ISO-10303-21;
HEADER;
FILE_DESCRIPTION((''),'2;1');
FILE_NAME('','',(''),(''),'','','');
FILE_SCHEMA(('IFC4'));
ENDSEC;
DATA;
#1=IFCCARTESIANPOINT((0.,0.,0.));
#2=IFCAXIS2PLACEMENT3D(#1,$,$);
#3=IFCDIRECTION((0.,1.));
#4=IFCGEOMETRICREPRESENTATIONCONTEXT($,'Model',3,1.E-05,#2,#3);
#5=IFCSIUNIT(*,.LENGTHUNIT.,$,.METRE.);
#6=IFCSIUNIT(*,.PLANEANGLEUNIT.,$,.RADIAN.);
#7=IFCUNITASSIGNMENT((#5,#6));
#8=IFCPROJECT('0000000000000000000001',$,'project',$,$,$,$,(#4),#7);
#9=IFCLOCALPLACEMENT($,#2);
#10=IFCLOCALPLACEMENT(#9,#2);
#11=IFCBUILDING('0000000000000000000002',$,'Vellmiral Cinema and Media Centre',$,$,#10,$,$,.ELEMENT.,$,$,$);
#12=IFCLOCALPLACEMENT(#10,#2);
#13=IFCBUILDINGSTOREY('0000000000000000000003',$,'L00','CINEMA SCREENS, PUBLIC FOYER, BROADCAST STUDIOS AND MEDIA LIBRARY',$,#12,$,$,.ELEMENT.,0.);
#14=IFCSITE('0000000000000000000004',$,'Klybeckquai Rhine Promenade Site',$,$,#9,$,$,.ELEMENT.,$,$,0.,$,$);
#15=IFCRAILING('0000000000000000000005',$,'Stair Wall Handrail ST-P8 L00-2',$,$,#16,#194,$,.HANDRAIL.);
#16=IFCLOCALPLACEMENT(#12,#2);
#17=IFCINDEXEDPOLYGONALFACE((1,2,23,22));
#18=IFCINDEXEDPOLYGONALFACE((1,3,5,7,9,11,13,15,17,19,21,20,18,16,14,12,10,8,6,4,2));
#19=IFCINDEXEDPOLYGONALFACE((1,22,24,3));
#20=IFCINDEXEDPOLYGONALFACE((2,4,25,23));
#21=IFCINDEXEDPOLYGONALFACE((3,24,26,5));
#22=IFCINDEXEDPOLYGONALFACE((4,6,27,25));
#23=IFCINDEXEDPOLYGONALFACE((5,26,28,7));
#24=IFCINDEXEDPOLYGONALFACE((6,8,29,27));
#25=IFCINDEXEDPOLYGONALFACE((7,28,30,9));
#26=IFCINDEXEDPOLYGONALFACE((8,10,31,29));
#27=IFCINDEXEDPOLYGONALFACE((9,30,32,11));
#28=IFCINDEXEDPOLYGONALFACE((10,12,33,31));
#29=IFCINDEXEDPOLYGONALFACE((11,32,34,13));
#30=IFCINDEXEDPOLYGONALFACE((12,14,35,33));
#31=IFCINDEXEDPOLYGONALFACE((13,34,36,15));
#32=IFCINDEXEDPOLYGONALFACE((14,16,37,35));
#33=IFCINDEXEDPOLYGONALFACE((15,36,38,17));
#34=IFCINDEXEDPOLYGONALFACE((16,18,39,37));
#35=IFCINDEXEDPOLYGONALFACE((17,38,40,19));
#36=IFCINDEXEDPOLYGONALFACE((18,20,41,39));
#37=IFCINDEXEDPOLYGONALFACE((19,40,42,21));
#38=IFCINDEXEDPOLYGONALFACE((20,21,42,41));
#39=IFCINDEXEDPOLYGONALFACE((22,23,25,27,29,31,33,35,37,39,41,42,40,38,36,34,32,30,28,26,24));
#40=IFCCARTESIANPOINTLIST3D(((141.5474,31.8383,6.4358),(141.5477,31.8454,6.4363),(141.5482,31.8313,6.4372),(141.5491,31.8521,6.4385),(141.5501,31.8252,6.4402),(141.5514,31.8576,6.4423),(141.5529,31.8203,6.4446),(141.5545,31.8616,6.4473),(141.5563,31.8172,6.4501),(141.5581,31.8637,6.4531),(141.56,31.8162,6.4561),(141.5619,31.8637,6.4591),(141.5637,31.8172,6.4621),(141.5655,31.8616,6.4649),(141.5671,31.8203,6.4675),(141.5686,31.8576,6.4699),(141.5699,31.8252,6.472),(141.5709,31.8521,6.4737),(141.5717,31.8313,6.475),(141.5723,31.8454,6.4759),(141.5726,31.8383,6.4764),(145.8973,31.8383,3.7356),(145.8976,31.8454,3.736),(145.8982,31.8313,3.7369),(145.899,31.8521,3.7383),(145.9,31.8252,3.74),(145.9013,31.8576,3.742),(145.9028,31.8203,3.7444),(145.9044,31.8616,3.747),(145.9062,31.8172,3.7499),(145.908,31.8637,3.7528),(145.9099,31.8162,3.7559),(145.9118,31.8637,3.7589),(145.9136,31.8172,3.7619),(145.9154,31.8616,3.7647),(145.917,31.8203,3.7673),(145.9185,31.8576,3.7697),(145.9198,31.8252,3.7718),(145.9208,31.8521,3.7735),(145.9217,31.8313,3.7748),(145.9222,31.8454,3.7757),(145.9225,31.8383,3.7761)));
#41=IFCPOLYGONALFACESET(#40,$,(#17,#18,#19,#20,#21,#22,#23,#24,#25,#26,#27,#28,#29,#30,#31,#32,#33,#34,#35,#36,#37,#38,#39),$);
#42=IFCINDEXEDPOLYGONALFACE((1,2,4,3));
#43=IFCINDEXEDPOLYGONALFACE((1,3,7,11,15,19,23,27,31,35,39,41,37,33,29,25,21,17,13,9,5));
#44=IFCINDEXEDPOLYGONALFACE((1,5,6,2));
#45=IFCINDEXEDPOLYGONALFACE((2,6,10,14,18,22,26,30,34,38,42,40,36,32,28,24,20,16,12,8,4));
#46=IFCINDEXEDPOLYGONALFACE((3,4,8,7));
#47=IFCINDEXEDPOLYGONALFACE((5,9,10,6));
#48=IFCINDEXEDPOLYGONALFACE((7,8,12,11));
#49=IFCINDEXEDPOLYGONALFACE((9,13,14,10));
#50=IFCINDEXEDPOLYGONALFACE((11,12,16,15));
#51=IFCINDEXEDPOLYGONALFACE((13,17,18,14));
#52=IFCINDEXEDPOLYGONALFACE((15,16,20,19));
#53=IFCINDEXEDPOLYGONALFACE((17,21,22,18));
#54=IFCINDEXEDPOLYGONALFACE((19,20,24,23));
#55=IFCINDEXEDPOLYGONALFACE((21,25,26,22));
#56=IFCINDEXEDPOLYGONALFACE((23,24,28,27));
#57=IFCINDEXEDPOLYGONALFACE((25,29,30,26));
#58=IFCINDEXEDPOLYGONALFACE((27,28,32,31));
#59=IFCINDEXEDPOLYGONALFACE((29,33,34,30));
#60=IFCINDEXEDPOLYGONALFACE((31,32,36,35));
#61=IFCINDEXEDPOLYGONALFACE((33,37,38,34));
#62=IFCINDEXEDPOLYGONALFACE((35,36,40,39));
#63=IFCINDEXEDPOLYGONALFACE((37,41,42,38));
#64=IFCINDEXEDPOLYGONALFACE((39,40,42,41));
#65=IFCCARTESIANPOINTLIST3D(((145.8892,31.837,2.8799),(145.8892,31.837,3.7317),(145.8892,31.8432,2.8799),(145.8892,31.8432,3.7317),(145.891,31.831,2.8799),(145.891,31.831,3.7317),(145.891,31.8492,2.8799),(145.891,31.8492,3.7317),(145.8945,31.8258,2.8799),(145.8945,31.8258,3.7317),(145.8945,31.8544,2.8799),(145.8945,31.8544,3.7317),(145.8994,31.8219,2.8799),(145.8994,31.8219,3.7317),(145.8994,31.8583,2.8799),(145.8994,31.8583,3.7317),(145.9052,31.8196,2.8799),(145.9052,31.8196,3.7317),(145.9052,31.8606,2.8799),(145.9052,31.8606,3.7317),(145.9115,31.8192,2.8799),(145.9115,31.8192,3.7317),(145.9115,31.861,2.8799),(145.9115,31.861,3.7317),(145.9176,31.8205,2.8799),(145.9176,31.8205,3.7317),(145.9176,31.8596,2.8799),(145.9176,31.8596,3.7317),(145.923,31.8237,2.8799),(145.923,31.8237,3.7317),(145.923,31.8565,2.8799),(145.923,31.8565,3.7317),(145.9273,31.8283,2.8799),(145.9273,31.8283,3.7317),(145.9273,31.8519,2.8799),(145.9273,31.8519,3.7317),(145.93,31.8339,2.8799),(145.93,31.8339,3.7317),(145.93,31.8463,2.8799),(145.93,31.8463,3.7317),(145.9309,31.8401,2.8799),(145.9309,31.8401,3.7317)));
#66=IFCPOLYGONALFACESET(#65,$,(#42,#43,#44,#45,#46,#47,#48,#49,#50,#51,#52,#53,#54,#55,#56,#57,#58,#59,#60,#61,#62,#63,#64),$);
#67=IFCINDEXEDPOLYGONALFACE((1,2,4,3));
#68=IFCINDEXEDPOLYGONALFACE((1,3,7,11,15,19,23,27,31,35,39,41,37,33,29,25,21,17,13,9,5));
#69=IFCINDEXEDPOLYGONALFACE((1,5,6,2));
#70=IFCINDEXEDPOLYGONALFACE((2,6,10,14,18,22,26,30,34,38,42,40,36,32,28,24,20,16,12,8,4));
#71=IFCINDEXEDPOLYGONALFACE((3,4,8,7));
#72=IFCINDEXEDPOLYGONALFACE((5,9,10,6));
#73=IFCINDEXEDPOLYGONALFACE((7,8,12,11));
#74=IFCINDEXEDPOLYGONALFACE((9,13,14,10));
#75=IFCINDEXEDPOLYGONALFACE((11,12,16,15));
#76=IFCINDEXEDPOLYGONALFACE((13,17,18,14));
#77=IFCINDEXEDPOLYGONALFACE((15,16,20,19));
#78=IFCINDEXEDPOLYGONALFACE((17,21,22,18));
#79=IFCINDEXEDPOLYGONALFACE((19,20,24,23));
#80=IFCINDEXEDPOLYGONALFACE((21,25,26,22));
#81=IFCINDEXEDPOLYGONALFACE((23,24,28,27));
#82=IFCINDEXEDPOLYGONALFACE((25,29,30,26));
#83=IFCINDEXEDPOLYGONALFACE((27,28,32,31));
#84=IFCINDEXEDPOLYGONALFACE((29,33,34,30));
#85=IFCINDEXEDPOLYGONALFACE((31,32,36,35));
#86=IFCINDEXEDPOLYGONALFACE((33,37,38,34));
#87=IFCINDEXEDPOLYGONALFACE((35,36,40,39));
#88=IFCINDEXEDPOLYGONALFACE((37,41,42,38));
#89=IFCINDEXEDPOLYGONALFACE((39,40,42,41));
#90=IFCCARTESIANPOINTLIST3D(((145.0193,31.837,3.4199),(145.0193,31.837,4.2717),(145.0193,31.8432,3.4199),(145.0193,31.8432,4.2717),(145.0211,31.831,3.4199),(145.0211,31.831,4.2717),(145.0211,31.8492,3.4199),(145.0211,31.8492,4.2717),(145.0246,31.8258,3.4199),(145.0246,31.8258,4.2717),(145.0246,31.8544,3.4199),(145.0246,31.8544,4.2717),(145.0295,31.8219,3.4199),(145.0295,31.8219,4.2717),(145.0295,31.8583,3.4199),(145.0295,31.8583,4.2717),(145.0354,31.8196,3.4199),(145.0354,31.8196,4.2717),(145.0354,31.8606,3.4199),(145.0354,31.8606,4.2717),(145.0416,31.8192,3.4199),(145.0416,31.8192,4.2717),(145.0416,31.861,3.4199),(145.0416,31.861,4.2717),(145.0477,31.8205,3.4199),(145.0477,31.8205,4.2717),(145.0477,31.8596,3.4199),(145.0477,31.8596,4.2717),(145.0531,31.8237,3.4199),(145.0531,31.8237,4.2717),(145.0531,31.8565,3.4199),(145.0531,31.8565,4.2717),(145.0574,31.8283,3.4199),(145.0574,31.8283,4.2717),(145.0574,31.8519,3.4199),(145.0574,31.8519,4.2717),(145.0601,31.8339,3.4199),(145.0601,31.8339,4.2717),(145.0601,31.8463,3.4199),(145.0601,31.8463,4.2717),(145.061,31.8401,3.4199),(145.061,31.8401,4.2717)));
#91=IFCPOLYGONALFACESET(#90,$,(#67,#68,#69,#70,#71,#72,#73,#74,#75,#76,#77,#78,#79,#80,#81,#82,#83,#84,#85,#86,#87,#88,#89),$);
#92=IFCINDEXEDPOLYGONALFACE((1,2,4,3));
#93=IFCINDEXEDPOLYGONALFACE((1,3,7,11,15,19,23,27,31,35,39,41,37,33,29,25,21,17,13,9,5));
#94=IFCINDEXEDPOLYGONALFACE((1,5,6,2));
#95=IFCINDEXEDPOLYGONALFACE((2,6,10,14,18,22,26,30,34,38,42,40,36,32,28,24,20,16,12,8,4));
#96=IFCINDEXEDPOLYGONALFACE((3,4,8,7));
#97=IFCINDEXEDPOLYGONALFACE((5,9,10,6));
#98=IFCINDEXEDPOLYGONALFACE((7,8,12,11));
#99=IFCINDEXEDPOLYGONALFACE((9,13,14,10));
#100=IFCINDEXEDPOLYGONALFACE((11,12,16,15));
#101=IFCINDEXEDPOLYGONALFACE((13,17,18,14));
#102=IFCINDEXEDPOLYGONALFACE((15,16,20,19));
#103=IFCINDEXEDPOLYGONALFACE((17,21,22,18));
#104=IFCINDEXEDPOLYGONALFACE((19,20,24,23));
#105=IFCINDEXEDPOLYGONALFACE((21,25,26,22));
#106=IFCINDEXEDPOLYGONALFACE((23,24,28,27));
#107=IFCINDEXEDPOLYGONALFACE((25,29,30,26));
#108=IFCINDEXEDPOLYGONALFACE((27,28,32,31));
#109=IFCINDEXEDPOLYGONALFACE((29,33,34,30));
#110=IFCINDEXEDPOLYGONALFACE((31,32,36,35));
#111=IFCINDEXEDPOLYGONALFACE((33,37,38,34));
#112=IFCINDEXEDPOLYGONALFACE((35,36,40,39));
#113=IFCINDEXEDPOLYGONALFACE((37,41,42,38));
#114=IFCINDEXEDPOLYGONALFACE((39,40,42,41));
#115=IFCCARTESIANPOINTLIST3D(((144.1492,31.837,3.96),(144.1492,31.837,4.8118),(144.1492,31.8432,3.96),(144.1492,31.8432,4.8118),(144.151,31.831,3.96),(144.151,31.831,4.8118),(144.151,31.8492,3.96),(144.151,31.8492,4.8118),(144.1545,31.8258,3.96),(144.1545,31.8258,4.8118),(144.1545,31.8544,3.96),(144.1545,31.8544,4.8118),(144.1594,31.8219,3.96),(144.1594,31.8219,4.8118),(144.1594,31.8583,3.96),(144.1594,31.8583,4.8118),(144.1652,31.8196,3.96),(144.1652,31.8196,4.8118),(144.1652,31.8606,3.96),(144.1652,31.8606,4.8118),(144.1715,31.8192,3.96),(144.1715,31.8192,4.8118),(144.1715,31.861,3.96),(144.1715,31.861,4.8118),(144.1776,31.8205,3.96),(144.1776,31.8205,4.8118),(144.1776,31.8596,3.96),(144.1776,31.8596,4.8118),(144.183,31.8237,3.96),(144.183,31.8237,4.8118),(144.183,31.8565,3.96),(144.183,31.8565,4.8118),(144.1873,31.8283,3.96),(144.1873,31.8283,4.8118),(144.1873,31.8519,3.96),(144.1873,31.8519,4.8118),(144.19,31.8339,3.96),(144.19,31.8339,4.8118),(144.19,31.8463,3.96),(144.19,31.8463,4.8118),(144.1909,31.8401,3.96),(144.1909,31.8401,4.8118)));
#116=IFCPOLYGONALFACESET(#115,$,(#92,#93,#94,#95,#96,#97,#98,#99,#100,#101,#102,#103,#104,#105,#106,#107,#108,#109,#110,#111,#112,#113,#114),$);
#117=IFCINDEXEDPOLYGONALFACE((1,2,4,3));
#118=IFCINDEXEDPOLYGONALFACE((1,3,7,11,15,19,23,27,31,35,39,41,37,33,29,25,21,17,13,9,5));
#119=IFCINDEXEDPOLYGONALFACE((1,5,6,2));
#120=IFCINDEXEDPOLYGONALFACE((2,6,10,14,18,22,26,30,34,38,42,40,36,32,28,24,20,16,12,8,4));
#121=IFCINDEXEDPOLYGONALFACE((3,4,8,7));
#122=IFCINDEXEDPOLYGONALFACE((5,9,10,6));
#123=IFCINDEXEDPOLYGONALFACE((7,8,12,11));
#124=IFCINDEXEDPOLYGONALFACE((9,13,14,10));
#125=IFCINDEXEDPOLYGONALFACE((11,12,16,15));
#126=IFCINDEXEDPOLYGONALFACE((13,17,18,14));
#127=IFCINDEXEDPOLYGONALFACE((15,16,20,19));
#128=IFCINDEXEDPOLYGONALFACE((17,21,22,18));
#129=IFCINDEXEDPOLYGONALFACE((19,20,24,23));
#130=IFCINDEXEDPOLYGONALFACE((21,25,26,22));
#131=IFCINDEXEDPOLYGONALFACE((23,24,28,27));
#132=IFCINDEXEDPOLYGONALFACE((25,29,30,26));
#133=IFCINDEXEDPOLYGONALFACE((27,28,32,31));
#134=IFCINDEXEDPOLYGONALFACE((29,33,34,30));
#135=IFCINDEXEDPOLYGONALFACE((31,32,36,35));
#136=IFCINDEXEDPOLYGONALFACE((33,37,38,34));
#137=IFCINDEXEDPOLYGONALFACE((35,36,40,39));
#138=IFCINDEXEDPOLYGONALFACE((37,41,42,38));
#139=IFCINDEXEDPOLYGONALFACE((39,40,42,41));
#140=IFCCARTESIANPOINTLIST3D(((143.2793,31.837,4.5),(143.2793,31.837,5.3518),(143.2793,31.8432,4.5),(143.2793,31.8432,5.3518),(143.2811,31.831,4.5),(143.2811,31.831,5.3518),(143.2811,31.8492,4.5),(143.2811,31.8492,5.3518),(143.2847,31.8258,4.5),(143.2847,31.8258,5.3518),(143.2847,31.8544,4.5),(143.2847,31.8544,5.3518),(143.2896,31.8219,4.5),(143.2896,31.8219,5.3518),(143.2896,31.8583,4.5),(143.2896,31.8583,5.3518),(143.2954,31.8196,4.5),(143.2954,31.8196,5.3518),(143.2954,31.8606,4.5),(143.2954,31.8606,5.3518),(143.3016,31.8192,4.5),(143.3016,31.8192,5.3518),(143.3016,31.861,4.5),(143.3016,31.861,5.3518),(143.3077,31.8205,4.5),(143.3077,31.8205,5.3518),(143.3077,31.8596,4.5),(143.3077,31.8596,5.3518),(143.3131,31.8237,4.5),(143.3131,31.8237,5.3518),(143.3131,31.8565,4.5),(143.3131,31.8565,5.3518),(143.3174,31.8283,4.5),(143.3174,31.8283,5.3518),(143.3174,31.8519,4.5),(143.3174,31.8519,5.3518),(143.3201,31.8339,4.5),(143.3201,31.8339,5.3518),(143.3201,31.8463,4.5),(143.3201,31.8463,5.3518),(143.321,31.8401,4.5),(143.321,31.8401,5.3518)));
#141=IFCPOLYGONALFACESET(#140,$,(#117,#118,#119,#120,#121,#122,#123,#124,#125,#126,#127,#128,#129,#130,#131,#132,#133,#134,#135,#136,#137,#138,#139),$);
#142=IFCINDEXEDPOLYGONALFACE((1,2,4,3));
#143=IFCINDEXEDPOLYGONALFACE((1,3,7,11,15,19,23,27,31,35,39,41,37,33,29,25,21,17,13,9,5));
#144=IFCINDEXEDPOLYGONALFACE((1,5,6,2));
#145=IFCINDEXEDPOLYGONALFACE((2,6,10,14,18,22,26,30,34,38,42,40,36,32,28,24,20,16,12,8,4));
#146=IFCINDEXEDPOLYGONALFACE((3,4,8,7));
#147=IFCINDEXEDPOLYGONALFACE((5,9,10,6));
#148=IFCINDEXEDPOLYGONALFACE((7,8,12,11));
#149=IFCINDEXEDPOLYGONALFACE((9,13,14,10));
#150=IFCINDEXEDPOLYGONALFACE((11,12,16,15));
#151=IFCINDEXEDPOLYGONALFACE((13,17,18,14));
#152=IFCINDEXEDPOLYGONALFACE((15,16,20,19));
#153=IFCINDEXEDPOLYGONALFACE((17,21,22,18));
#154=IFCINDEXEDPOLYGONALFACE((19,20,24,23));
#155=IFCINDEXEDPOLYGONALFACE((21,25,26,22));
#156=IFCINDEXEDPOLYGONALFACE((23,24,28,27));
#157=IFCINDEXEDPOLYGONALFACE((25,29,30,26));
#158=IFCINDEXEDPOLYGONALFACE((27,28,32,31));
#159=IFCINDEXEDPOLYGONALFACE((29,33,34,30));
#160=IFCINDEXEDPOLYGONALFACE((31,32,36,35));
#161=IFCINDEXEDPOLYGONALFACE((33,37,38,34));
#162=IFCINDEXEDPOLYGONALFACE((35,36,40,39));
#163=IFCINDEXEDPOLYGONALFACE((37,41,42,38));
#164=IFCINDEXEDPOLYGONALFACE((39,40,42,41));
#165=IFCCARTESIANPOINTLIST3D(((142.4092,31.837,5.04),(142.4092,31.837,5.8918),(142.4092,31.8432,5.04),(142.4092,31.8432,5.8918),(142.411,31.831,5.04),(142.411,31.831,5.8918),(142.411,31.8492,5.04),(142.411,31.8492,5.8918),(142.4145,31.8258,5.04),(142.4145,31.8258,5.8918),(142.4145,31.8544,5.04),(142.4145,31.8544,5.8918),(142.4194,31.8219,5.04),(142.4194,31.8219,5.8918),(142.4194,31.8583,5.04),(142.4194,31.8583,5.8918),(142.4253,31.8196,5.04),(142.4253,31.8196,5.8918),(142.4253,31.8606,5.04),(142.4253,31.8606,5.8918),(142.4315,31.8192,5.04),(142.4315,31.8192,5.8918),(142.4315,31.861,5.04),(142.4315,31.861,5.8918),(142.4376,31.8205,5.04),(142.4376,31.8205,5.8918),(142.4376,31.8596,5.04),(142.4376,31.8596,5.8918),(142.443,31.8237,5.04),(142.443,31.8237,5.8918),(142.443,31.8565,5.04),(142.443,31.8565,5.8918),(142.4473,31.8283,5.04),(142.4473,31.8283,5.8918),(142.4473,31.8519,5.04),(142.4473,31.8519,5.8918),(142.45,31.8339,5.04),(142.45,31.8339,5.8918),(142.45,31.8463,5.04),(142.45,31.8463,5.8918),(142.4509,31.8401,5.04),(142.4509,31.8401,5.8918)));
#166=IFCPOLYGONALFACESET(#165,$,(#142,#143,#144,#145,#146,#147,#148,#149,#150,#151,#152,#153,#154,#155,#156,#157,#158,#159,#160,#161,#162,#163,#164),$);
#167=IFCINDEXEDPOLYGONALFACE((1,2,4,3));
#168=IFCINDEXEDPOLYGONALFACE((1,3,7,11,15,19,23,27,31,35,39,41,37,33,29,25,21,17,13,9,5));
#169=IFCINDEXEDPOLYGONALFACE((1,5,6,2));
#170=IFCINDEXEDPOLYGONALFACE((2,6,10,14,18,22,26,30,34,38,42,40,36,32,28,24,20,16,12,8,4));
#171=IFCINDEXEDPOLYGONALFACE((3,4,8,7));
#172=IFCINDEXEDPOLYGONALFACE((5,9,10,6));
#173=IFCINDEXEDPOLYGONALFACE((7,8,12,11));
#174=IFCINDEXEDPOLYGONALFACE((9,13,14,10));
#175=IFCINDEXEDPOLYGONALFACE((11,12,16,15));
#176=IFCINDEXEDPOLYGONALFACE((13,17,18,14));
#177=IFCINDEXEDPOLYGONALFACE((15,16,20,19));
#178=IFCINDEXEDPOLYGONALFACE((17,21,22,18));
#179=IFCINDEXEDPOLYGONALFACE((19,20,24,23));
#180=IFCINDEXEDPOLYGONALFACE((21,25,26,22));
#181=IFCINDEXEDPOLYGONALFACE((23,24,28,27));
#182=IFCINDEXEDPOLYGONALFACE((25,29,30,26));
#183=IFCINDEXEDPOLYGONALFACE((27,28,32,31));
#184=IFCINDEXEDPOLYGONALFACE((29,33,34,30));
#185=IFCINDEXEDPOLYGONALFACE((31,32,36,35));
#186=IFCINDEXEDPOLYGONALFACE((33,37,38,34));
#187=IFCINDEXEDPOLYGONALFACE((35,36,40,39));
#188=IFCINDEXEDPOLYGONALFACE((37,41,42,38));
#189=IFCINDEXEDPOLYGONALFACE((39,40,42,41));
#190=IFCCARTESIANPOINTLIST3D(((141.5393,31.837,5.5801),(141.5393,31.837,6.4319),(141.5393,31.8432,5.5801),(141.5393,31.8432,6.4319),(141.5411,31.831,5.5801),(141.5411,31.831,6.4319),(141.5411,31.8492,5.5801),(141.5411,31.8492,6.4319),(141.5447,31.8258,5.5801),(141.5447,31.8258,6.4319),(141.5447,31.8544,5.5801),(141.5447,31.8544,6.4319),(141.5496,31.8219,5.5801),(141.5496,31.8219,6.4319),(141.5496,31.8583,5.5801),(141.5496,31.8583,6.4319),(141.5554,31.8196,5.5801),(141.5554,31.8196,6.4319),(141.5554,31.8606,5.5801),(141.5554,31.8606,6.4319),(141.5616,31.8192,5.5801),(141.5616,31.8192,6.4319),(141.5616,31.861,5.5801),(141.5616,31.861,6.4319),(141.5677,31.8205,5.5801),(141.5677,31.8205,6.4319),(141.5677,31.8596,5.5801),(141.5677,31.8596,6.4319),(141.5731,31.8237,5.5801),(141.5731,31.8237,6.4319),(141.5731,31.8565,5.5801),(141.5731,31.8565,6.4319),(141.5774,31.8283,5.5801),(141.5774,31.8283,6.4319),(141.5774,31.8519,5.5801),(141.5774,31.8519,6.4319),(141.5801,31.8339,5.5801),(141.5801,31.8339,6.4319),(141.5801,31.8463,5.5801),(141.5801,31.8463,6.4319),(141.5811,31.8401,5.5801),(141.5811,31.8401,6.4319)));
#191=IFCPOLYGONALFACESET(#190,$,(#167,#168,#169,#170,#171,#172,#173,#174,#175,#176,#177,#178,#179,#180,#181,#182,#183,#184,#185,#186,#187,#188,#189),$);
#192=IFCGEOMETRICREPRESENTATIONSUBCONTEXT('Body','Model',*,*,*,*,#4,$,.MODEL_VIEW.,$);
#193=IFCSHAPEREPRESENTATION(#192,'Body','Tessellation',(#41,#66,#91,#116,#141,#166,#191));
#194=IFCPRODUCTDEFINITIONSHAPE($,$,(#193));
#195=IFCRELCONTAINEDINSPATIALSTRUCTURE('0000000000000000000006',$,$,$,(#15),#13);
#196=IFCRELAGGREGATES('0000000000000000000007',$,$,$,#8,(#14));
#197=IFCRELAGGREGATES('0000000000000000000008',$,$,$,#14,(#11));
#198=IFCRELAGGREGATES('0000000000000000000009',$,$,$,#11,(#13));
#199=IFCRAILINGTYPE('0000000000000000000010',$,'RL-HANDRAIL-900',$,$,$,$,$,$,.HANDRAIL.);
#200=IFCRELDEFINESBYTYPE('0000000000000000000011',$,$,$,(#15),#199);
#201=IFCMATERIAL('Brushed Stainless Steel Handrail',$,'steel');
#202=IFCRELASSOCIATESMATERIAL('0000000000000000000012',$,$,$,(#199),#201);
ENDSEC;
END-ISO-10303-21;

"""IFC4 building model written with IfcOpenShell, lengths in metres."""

from ifc_helpers import new_model, si_unit, direction, frame, origin, origin_2d, place, context, subcontext, project, spatial, circle, extrude, material, type_object, element, save


model = new_model("IFC4")

# Units and contexts
model_context = context("Model", 3, precision=1e-05, world=origin(), true_north=direction((0.0, 1.0)))
body_context = subcontext(model_context, "Body", "Model", "MODEL_VIEW")
ifc_project = project(units=[si_unit("LENGTHUNIT", "METRE"), si_unit("PLANEANGLEUNIT", "RADIAN")], contexts=[model_context])

# Site, building, storey
site_placement = place(None, origin())
site = spatial("IfcSite", under=ifc_project, at=site_placement, Name="Klybeckquai Rhine Promenade Site", CompositionType="ELEMENT", RefElevation=0.0)
building_placement = place(site_placement, origin())
building = spatial("IfcBuilding", under=site, at=building_placement, Name="Vellmiral Cinema and Media Centre", CompositionType="ELEMENT")
storey_placement = place(building_placement, origin())
storey = spatial("IfcBuildingStorey", under=building, at=storey_placement, Name="L00", Description="CINEMA SCREENS, PUBLIC FOYER, BROADCAST STUDIOS AND MEDIA LIBRARY", CompositionType="ELEMENT", Elevation=0.0)

# Railing
ifc_material_1 = material(Name="Brushed Stainless Steel Handrail", Category="steel")
railing_type_1 = type_object("IfcRailingType", Name="RL-HANDRAIL-900", PredefinedType="HANDRAIL", material=ifc_material_1)
railing_1_placement = place(storey_placement, frame((145.9099, 31.8401, 2.8799)))
element("IfcRailing", 1, at=railing_1_placement, inside=storey, type_object=railing_type_1, Name="Stair Wall Handrail ST-P8 L00-2", PredefinedType="HANDRAIL", context=body_context, shape_type="SweptSolid", body=[
    extrude(circle(Radius=0.0239, at=origin_2d()), frame((0.0, 0.0, 0.876), z_axis=(-0.849615, 0.0, 0.527403), x_axis=(0.0, -1.0, 0.0)), (0.0, 0.0, 1.0), 5.1199),
    extrude(circle(Radius=0.021, at=origin_2d()), origin(), (0.0, 0.0, 1.0), 0.8518),
    extrude(circle(Radius=0.021, at=origin_2d()), frame((-0.8699, 0.0, 0.54)), (0.0, 0.0, 1.0), 0.8518),
    extrude(circle(Radius=0.021, at=origin_2d()), frame((-1.74, 0.0, 1.0801)), (0.0, 0.0, 1.0), 0.8518),
    extrude(circle(Radius=0.021, at=origin_2d()), frame((-2.6099, 0.0, 1.6201)), (0.0, 0.0, 1.0), 0.8518),
    extrude(circle(Radius=0.021, at=origin_2d()), frame((-3.48, 0.0, 2.1602)), (0.0, 0.0, 1.0), 0.8518),
    extrude(circle(Radius=0.021, at=origin_2d()), frame((-4.3499, 0.0, 2.7002)), (0.0, 0.0, 1.0), 0.8518),
])

save(model, "model.ifc")
